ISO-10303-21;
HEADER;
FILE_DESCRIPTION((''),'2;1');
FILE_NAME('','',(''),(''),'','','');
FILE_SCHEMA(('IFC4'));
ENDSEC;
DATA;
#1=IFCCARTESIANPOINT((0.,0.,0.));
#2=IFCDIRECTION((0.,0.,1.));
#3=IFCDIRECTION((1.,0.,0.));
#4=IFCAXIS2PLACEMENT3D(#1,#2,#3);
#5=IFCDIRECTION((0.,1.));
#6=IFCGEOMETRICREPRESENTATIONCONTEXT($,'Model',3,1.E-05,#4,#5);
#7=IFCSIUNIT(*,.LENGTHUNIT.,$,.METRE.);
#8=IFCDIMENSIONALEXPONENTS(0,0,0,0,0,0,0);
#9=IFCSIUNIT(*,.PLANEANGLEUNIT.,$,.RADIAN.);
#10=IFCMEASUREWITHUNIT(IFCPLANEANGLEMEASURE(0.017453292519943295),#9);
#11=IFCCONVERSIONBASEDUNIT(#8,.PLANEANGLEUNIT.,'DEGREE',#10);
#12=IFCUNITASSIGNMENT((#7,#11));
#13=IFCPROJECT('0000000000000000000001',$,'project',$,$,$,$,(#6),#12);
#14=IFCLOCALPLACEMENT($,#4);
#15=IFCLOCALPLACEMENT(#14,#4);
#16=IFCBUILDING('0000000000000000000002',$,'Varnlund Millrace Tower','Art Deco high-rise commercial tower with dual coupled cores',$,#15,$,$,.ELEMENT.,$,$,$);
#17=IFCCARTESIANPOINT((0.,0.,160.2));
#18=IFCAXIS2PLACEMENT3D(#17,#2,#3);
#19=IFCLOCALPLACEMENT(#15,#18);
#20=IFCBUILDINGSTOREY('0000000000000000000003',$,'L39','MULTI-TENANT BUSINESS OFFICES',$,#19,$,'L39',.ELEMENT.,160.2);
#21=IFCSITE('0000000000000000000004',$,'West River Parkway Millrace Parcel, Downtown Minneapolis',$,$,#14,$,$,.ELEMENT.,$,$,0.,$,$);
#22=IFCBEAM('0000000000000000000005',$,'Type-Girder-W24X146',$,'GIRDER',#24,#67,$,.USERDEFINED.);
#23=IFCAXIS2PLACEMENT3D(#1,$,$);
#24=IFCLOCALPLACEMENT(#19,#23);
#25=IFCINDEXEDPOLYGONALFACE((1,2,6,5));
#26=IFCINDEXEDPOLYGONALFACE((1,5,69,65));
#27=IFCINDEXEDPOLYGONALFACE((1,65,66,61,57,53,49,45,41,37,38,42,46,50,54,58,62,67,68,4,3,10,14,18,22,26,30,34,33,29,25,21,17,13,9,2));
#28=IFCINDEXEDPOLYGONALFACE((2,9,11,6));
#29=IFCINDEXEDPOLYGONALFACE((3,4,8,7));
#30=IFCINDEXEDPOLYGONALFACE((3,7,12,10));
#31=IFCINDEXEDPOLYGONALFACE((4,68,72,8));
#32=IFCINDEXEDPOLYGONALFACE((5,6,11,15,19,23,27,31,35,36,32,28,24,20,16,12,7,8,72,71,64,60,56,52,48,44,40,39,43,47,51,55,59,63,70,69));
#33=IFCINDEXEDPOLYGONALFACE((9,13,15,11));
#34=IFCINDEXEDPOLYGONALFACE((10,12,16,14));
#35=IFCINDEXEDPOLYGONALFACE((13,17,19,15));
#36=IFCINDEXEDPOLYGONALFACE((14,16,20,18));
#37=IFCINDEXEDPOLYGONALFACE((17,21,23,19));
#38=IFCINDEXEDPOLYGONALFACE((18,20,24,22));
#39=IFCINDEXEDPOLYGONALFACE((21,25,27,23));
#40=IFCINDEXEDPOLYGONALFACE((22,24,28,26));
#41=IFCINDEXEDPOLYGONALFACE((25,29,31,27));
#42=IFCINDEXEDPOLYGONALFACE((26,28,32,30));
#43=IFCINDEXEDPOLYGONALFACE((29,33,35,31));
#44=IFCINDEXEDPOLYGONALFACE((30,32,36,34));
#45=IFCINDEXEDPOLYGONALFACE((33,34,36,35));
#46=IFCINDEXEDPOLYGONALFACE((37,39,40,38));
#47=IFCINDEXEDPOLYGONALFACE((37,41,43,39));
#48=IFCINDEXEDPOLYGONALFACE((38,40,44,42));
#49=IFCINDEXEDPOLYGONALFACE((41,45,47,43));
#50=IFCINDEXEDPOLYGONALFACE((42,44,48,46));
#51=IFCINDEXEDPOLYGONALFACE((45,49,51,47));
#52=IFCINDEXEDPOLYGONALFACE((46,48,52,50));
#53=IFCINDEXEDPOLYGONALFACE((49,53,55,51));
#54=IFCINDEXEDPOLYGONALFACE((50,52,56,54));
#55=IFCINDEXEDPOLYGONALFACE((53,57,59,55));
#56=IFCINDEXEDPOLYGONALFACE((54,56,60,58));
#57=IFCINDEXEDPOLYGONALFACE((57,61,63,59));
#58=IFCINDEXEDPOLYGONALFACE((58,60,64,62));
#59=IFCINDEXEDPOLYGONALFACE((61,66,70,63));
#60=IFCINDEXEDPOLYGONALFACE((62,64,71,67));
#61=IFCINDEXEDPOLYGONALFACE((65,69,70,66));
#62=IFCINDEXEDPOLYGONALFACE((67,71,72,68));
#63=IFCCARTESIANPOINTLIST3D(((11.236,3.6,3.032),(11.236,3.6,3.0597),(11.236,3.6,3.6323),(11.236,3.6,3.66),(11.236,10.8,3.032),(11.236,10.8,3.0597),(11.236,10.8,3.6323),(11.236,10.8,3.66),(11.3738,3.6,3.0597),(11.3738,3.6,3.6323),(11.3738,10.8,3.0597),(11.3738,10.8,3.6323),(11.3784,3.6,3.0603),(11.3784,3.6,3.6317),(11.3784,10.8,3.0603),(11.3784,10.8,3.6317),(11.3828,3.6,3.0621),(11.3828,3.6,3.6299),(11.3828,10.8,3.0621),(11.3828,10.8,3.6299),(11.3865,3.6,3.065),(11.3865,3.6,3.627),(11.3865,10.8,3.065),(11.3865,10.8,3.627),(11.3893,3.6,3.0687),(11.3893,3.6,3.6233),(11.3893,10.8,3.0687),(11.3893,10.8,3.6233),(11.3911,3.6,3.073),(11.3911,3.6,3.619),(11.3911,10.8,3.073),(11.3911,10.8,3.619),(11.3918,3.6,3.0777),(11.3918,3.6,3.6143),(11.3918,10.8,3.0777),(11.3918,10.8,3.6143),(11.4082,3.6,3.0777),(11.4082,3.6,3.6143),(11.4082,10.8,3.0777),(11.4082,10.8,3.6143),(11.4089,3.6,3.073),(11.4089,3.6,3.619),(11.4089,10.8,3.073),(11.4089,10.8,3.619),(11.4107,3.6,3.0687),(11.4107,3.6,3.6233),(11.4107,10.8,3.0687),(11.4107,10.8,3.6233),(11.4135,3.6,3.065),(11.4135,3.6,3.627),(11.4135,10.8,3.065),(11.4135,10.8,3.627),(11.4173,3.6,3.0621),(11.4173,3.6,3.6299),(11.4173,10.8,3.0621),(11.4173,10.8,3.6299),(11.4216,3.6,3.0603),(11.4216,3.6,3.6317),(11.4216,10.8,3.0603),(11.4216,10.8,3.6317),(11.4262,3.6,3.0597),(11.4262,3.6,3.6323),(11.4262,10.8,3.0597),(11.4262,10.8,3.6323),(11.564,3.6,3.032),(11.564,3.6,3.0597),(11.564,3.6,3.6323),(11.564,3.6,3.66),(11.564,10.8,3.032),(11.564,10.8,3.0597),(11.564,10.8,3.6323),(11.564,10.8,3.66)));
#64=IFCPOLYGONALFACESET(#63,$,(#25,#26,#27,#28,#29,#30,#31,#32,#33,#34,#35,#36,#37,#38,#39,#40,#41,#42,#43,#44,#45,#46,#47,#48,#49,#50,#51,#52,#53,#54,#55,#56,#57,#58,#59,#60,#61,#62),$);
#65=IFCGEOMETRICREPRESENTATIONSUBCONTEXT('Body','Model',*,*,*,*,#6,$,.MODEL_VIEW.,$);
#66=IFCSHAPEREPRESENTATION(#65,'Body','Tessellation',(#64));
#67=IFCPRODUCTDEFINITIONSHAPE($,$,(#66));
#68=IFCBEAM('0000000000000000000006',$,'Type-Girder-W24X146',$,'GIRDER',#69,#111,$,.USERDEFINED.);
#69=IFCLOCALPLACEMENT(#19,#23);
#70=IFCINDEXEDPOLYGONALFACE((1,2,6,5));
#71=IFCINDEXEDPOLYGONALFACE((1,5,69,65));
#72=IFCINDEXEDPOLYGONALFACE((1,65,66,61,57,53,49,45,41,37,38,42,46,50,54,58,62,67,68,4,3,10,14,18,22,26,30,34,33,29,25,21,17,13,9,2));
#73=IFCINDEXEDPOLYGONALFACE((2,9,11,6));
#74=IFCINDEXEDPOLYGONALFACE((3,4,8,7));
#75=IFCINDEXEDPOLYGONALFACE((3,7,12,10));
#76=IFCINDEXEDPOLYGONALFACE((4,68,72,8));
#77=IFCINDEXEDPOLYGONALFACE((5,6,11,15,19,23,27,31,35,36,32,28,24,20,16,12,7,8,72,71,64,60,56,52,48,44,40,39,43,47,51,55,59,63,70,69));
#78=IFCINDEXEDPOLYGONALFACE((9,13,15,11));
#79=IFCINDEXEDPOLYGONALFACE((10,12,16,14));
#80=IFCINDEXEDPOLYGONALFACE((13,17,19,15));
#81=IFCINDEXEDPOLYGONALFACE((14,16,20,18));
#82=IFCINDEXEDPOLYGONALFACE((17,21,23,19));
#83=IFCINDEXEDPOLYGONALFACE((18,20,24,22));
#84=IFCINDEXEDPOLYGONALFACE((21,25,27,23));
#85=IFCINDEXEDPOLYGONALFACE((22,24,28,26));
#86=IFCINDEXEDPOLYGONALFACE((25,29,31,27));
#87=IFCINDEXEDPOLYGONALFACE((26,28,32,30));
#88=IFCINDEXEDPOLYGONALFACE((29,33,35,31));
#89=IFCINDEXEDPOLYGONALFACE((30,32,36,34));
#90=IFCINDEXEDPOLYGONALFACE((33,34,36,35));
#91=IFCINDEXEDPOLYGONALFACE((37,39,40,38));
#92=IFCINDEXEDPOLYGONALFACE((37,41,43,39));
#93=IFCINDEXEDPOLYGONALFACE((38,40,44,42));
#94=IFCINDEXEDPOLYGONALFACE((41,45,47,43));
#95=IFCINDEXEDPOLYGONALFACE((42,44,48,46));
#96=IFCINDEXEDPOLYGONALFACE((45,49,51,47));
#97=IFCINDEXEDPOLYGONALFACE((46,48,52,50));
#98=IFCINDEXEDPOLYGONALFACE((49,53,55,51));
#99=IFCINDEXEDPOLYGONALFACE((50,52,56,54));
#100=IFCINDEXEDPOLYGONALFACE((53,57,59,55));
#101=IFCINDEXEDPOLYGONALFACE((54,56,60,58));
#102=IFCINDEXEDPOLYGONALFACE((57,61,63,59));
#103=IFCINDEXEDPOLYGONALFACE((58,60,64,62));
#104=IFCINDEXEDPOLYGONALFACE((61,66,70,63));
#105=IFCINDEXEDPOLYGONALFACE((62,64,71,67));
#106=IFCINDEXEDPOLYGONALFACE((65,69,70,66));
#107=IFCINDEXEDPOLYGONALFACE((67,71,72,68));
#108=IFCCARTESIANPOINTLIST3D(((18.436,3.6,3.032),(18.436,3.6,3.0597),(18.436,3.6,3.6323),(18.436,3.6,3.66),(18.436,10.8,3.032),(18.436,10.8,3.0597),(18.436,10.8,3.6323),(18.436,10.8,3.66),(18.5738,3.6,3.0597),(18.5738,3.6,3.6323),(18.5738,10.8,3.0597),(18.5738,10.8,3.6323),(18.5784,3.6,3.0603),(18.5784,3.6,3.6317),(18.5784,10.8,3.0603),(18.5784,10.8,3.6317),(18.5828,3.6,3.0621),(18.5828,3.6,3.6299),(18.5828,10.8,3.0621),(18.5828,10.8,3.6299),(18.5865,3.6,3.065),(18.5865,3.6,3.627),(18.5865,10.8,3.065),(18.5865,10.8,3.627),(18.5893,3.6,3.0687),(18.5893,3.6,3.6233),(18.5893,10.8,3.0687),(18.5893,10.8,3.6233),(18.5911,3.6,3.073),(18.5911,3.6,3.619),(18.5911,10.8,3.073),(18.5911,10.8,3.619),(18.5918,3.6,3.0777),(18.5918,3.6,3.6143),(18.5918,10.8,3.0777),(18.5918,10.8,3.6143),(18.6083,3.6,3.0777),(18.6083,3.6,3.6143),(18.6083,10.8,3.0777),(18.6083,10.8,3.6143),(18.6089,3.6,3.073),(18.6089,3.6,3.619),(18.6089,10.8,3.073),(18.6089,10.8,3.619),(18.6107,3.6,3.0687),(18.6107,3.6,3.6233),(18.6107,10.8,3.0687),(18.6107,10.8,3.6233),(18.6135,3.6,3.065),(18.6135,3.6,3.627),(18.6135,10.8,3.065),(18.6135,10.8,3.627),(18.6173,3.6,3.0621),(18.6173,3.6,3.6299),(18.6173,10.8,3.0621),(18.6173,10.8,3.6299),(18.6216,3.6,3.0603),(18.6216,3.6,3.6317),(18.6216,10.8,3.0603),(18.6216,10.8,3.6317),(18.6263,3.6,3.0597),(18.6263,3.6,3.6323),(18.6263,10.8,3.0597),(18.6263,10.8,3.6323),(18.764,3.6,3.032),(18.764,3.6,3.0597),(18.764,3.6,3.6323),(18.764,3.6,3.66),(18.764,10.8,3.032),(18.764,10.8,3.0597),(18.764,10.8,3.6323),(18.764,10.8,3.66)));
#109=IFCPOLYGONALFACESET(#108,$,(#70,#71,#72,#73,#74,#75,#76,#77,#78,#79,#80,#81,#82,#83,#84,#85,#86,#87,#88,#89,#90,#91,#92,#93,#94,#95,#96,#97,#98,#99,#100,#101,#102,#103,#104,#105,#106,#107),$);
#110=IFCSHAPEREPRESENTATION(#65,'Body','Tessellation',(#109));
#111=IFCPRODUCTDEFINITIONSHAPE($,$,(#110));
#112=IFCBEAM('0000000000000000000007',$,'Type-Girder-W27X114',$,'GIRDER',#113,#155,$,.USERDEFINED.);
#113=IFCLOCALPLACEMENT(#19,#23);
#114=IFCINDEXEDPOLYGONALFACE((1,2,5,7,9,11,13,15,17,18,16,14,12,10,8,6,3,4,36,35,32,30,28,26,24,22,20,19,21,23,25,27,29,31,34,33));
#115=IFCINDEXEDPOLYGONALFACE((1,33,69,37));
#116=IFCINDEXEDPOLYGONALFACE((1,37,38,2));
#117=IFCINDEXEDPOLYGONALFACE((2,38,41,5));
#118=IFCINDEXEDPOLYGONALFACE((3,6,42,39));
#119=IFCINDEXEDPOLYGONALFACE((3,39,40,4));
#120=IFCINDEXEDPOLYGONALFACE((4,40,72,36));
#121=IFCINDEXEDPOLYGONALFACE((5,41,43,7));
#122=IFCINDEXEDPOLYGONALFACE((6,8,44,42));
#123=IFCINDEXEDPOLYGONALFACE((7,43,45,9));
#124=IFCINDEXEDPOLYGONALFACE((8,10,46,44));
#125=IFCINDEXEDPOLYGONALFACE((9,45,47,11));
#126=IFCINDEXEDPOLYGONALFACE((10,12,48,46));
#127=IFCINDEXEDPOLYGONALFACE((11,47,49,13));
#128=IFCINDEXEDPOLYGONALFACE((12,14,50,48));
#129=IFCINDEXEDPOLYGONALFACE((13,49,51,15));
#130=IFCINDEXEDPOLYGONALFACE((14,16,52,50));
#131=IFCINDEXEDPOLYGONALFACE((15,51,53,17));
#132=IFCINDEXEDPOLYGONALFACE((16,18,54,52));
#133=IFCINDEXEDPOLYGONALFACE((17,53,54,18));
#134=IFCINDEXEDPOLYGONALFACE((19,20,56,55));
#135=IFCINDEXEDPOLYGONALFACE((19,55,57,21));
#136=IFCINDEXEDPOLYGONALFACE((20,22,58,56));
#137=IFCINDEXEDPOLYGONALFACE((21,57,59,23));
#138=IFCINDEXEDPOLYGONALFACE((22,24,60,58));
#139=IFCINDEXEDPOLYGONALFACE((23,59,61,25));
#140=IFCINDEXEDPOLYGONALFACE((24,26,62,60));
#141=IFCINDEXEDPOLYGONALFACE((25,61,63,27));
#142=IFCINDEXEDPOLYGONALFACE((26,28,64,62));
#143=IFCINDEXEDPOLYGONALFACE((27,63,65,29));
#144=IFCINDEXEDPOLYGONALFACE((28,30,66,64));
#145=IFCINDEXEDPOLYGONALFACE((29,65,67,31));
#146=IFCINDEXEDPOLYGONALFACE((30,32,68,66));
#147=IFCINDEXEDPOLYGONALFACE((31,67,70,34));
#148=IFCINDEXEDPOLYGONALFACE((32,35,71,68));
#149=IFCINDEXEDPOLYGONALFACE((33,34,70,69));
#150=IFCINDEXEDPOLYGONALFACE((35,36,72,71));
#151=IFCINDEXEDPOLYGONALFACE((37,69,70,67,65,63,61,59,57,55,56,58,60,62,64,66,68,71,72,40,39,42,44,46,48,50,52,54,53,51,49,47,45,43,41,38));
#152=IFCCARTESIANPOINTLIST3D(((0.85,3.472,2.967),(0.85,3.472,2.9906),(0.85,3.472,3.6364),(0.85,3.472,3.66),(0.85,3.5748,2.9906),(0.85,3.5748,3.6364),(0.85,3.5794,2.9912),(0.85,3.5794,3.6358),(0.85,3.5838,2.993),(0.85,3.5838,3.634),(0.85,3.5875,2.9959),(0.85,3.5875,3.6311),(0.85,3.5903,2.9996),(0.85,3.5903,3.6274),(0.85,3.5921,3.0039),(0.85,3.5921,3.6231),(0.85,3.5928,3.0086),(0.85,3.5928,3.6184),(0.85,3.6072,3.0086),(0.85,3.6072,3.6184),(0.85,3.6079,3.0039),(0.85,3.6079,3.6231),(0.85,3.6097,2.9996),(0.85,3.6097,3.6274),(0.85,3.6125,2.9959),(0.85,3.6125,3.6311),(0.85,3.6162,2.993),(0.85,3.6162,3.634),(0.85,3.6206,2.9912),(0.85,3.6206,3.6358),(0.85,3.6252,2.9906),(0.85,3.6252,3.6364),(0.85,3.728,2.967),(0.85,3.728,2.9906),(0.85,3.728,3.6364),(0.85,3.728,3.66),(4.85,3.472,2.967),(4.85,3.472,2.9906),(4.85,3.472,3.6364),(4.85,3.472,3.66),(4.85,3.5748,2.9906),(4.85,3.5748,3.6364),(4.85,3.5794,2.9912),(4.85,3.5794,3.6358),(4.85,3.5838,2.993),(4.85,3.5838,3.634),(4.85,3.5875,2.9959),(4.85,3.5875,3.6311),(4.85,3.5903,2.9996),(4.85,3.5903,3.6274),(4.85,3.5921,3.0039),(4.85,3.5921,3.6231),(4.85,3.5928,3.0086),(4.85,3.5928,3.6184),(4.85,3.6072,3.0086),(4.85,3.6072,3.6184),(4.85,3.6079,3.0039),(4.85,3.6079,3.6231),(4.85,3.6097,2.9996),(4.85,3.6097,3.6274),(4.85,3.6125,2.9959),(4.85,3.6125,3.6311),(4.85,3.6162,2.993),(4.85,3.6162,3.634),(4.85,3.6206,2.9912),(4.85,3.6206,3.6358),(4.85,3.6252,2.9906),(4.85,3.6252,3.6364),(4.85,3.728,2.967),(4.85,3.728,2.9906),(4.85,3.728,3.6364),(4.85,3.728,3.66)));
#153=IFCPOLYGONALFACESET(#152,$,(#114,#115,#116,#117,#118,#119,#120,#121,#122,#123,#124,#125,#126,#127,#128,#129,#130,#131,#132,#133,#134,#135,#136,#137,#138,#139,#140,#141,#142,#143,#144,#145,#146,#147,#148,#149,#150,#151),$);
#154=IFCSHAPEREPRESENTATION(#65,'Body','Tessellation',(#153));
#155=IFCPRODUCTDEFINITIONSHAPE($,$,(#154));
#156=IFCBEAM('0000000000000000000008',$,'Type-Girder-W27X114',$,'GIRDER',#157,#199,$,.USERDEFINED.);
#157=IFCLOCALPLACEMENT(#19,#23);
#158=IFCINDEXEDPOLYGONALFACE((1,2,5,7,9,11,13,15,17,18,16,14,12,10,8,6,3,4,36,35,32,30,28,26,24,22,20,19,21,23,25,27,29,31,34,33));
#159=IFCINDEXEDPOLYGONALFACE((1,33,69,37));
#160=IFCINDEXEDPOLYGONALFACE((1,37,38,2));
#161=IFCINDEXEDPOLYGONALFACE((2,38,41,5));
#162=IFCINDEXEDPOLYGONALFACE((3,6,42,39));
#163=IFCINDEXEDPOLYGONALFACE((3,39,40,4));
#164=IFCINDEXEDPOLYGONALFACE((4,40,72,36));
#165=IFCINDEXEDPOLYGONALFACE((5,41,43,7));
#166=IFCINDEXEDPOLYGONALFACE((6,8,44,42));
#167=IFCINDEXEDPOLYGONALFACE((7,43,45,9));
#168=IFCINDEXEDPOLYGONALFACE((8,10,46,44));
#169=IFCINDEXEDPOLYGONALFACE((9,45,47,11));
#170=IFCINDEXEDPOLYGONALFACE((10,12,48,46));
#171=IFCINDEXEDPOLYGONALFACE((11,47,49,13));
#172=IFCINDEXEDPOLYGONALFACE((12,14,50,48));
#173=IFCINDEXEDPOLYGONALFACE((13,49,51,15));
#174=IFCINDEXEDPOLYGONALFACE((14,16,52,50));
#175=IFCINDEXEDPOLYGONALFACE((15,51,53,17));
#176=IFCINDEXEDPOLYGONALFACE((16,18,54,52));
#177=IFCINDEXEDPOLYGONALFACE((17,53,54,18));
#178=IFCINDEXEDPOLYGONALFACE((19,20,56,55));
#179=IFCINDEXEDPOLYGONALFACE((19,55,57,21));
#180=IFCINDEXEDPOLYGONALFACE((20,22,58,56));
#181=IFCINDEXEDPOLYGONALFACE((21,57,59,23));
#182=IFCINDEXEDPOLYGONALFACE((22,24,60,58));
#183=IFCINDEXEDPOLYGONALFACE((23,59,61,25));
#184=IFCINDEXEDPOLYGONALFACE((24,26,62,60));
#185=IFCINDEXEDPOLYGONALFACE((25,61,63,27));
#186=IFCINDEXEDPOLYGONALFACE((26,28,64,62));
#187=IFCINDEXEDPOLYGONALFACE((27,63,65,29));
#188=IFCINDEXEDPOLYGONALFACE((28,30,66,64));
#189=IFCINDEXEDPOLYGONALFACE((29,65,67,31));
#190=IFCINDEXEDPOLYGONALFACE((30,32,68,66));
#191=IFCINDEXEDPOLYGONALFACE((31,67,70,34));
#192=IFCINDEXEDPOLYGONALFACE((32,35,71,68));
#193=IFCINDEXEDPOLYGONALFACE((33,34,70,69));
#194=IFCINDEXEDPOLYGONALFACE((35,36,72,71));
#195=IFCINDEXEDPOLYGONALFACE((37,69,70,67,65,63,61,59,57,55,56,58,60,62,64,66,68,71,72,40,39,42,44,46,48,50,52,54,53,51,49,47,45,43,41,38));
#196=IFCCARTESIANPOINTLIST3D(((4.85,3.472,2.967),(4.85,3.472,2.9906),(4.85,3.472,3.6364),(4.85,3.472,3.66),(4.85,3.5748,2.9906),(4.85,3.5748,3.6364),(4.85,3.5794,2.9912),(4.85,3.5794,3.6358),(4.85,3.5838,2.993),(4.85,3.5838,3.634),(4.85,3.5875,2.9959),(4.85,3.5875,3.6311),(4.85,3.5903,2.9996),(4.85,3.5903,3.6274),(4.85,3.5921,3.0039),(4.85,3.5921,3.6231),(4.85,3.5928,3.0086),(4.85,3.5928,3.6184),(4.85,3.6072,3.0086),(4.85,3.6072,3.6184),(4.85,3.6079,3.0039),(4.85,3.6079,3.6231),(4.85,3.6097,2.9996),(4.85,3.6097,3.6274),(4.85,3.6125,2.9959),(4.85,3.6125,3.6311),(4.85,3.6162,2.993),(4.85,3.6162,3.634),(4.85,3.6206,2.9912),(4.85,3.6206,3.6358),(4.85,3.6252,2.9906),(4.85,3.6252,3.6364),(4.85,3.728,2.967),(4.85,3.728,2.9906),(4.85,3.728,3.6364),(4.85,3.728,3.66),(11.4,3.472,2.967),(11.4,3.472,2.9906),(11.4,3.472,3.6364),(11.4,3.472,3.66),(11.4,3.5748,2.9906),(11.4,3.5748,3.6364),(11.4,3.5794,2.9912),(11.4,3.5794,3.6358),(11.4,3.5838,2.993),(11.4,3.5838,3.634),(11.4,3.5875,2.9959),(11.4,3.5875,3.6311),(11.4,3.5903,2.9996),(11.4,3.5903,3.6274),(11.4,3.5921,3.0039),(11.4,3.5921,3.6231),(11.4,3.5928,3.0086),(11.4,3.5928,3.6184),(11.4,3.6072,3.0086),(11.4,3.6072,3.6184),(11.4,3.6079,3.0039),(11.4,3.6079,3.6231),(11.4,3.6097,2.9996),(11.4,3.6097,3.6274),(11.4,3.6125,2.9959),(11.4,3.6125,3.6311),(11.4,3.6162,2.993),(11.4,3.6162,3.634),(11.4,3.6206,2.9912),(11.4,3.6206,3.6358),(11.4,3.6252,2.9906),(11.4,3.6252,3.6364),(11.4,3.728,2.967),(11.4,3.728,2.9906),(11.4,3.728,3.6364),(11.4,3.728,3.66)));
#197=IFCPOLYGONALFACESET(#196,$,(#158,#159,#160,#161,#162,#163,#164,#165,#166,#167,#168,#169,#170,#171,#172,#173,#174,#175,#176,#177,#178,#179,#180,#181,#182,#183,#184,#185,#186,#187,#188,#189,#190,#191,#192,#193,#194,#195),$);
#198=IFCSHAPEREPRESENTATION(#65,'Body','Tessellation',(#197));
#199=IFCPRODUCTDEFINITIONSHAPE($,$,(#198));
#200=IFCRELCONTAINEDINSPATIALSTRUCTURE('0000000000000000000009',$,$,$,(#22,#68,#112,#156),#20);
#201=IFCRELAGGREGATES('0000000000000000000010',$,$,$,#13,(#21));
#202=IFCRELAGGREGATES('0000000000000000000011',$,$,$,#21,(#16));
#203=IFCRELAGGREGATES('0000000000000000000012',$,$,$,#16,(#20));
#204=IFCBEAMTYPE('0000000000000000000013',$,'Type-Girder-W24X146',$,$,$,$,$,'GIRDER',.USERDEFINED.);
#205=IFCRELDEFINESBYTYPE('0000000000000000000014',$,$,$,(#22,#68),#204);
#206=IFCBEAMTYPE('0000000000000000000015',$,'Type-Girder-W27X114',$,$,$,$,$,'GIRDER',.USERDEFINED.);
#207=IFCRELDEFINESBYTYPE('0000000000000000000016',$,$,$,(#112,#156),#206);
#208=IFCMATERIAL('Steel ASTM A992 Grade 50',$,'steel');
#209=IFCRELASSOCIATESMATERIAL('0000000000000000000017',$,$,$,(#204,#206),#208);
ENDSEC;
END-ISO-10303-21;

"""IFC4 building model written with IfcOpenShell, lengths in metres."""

from ifc_helpers import new_model, entity, si_unit, converted_unit, direction, frame, origin_with_axes, origin_2d_with_axis, place, context, subcontext, project, spatial, i_section, extrude, material, material_profile, profile_set, type_object, element, save


model = new_model("IFC4")

# Units and contexts
model_context = context("Model", 3, precision=1e-05, world=origin_with_axes(), true_north=direction((0.0, 1.0)))
body_context = subcontext(model_context, "Body", "Model", "MODEL_VIEW")
ifc_project = project(units=[si_unit("LENGTHUNIT", "METRE"), converted_unit("PLANEANGLEUNIT", "DEGREE", entity("IfcPlaneAngleMeasure", 0.017453292519943295), si_unit("PLANEANGLEUNIT", "RADIAN"), dimensions=[0, 0, 0, 0, 0, 0, 0])], contexts=[model_context])

# Site, building, storey
site_placement = place(None, origin_with_axes())
site = spatial("IfcSite", under=ifc_project, at=site_placement, Name="West River Parkway Millrace Parcel, Downtown Minneapolis", CompositionType="ELEMENT", RefElevation=0.0)
building_placement = place(site_placement, origin_with_axes())
building = spatial("IfcBuilding", under=site, at=building_placement, Name="Varnlund Millrace Tower", Description="Art Deco high-rise commercial tower with dual coupled cores", CompositionType="ELEMENT")
storey_placement = place(building_placement, frame((0.0, 0.0, 160.2), z_axis=(0.0, 0.0, 1.0), x_axis=(1.0, 0.0, 0.0)))
storey = spatial("IfcBuildingStorey", under=building, at=storey_placement, Name="L39", Description="MULTI-TENANT BUSINESS OFFICES", LongName="L39", CompositionType="ELEMENT", Elevation=160.2)

# Beams
ifc_material_1 = material(Name="Steel ASTM A992 Grade 50", Category="steel")
ifc_material_profile_1 = material_profile(ifc_material_1, i_section(OverallWidth=0.328, OverallDepth=0.628, WebThickness=0.0165, FlangeThickness=0.0277, FilletRadius=0.018, at=origin_2d_with_axis()), Name="Steel ASTM A992 Grade 50")
ifc_profile_set_1 = profile_set([ifc_material_profile_1], Name="Steel ASTM A992 Grade 50")
beam_type_1 = type_object("IfcBeamType", Name="Type-Girder-W24X146", ElementType="GIRDER", PredefinedType="USERDEFINED", material=ifc_profile_set_1)
for number, where, z_axis, x_axis, name in (
    (1, (11.4, 3.6, 3.346), (0.0, 1.0, 0.0), (-1.0, 0.0, 0.0), "Type-Girder-W24X146"),
    (2, (18.6, 3.6, 3.346), (0.0, 1.0, 0.0), (-1.0, 0.0, 0.0), "Type-Girder-W24X146"),
):
    element("IfcBeam", number, at=place(storey_placement, frame(where, z_axis=z_axis, x_axis=x_axis)), inside=storey, type_object=beam_type_1, Name=name, ObjectType="GIRDER", PredefinedType="USERDEFINED", context=body_context, shape_type="SweptSolid", body=[
        extrude(i_section(OverallWidth=0.328, OverallDepth=0.628, WebThickness=0.0165, FlangeThickness=0.0277, FilletRadius=0.018, at=origin_2d_with_axis()), origin_with_axes(), (0.0, 0.0, 1.0), 7.2),
    ])
ifc_material_profile_2 = material_profile(ifc_material_1, i_section(OverallWidth=0.256, OverallDepth=0.693, WebThickness=0.0145, FlangeThickness=0.0236, FilletRadius=0.018, at=origin_2d_with_axis()), Name="Steel ASTM A992 Grade 50")
ifc_profile_set_2 = profile_set([ifc_material_profile_2], Name="Steel ASTM A992 Grade 50")
beam_type_2 = type_object("IfcBeamType", Name="Type-Girder-W27X114", ElementType="GIRDER", PredefinedType="USERDEFINED", material=ifc_profile_set_2)
beam_1_placement = place(storey_placement, frame((0.85, 3.6, 3.3135), z_axis=(1.0, 0.0, 0.0), x_axis=(0.0, 1.0, 0.0)))
element("IfcBeam", 3, at=beam_1_placement, inside=storey, type_object=beam_type_2, Name="Type-Girder-W27X114", ObjectType="GIRDER", PredefinedType="USERDEFINED", context=body_context, shape_type="SweptSolid", body=[
    extrude(i_section(OverallWidth=0.256, OverallDepth=0.693, WebThickness=0.0145, FlangeThickness=0.0236, FilletRadius=0.018, at=origin_2d_with_axis()), origin_with_axes(), (0.0, 0.0, 1.0), 4.0),
])
beam_2_placement = place(storey_placement, frame((4.85, 3.6, 3.3135), z_axis=(1.0, 0.0, 0.0), x_axis=(0.0, 1.0, 0.0)))
element("IfcBeam", 4, at=beam_2_placement, inside=storey, type_object=beam_type_2, Name="Type-Girder-W27X114", ObjectType="GIRDER", PredefinedType="USERDEFINED", context=body_context, shape_type="SweptSolid", body=[
    extrude(i_section(OverallWidth=0.256, OverallDepth=0.693, WebThickness=0.0145, FlangeThickness=0.0236, FilletRadius=0.018, at=origin_2d_with_axis()), origin_with_axes(), (0.0, 0.0, 1.0), 6.55),
])

save(model, "model.ifc")
